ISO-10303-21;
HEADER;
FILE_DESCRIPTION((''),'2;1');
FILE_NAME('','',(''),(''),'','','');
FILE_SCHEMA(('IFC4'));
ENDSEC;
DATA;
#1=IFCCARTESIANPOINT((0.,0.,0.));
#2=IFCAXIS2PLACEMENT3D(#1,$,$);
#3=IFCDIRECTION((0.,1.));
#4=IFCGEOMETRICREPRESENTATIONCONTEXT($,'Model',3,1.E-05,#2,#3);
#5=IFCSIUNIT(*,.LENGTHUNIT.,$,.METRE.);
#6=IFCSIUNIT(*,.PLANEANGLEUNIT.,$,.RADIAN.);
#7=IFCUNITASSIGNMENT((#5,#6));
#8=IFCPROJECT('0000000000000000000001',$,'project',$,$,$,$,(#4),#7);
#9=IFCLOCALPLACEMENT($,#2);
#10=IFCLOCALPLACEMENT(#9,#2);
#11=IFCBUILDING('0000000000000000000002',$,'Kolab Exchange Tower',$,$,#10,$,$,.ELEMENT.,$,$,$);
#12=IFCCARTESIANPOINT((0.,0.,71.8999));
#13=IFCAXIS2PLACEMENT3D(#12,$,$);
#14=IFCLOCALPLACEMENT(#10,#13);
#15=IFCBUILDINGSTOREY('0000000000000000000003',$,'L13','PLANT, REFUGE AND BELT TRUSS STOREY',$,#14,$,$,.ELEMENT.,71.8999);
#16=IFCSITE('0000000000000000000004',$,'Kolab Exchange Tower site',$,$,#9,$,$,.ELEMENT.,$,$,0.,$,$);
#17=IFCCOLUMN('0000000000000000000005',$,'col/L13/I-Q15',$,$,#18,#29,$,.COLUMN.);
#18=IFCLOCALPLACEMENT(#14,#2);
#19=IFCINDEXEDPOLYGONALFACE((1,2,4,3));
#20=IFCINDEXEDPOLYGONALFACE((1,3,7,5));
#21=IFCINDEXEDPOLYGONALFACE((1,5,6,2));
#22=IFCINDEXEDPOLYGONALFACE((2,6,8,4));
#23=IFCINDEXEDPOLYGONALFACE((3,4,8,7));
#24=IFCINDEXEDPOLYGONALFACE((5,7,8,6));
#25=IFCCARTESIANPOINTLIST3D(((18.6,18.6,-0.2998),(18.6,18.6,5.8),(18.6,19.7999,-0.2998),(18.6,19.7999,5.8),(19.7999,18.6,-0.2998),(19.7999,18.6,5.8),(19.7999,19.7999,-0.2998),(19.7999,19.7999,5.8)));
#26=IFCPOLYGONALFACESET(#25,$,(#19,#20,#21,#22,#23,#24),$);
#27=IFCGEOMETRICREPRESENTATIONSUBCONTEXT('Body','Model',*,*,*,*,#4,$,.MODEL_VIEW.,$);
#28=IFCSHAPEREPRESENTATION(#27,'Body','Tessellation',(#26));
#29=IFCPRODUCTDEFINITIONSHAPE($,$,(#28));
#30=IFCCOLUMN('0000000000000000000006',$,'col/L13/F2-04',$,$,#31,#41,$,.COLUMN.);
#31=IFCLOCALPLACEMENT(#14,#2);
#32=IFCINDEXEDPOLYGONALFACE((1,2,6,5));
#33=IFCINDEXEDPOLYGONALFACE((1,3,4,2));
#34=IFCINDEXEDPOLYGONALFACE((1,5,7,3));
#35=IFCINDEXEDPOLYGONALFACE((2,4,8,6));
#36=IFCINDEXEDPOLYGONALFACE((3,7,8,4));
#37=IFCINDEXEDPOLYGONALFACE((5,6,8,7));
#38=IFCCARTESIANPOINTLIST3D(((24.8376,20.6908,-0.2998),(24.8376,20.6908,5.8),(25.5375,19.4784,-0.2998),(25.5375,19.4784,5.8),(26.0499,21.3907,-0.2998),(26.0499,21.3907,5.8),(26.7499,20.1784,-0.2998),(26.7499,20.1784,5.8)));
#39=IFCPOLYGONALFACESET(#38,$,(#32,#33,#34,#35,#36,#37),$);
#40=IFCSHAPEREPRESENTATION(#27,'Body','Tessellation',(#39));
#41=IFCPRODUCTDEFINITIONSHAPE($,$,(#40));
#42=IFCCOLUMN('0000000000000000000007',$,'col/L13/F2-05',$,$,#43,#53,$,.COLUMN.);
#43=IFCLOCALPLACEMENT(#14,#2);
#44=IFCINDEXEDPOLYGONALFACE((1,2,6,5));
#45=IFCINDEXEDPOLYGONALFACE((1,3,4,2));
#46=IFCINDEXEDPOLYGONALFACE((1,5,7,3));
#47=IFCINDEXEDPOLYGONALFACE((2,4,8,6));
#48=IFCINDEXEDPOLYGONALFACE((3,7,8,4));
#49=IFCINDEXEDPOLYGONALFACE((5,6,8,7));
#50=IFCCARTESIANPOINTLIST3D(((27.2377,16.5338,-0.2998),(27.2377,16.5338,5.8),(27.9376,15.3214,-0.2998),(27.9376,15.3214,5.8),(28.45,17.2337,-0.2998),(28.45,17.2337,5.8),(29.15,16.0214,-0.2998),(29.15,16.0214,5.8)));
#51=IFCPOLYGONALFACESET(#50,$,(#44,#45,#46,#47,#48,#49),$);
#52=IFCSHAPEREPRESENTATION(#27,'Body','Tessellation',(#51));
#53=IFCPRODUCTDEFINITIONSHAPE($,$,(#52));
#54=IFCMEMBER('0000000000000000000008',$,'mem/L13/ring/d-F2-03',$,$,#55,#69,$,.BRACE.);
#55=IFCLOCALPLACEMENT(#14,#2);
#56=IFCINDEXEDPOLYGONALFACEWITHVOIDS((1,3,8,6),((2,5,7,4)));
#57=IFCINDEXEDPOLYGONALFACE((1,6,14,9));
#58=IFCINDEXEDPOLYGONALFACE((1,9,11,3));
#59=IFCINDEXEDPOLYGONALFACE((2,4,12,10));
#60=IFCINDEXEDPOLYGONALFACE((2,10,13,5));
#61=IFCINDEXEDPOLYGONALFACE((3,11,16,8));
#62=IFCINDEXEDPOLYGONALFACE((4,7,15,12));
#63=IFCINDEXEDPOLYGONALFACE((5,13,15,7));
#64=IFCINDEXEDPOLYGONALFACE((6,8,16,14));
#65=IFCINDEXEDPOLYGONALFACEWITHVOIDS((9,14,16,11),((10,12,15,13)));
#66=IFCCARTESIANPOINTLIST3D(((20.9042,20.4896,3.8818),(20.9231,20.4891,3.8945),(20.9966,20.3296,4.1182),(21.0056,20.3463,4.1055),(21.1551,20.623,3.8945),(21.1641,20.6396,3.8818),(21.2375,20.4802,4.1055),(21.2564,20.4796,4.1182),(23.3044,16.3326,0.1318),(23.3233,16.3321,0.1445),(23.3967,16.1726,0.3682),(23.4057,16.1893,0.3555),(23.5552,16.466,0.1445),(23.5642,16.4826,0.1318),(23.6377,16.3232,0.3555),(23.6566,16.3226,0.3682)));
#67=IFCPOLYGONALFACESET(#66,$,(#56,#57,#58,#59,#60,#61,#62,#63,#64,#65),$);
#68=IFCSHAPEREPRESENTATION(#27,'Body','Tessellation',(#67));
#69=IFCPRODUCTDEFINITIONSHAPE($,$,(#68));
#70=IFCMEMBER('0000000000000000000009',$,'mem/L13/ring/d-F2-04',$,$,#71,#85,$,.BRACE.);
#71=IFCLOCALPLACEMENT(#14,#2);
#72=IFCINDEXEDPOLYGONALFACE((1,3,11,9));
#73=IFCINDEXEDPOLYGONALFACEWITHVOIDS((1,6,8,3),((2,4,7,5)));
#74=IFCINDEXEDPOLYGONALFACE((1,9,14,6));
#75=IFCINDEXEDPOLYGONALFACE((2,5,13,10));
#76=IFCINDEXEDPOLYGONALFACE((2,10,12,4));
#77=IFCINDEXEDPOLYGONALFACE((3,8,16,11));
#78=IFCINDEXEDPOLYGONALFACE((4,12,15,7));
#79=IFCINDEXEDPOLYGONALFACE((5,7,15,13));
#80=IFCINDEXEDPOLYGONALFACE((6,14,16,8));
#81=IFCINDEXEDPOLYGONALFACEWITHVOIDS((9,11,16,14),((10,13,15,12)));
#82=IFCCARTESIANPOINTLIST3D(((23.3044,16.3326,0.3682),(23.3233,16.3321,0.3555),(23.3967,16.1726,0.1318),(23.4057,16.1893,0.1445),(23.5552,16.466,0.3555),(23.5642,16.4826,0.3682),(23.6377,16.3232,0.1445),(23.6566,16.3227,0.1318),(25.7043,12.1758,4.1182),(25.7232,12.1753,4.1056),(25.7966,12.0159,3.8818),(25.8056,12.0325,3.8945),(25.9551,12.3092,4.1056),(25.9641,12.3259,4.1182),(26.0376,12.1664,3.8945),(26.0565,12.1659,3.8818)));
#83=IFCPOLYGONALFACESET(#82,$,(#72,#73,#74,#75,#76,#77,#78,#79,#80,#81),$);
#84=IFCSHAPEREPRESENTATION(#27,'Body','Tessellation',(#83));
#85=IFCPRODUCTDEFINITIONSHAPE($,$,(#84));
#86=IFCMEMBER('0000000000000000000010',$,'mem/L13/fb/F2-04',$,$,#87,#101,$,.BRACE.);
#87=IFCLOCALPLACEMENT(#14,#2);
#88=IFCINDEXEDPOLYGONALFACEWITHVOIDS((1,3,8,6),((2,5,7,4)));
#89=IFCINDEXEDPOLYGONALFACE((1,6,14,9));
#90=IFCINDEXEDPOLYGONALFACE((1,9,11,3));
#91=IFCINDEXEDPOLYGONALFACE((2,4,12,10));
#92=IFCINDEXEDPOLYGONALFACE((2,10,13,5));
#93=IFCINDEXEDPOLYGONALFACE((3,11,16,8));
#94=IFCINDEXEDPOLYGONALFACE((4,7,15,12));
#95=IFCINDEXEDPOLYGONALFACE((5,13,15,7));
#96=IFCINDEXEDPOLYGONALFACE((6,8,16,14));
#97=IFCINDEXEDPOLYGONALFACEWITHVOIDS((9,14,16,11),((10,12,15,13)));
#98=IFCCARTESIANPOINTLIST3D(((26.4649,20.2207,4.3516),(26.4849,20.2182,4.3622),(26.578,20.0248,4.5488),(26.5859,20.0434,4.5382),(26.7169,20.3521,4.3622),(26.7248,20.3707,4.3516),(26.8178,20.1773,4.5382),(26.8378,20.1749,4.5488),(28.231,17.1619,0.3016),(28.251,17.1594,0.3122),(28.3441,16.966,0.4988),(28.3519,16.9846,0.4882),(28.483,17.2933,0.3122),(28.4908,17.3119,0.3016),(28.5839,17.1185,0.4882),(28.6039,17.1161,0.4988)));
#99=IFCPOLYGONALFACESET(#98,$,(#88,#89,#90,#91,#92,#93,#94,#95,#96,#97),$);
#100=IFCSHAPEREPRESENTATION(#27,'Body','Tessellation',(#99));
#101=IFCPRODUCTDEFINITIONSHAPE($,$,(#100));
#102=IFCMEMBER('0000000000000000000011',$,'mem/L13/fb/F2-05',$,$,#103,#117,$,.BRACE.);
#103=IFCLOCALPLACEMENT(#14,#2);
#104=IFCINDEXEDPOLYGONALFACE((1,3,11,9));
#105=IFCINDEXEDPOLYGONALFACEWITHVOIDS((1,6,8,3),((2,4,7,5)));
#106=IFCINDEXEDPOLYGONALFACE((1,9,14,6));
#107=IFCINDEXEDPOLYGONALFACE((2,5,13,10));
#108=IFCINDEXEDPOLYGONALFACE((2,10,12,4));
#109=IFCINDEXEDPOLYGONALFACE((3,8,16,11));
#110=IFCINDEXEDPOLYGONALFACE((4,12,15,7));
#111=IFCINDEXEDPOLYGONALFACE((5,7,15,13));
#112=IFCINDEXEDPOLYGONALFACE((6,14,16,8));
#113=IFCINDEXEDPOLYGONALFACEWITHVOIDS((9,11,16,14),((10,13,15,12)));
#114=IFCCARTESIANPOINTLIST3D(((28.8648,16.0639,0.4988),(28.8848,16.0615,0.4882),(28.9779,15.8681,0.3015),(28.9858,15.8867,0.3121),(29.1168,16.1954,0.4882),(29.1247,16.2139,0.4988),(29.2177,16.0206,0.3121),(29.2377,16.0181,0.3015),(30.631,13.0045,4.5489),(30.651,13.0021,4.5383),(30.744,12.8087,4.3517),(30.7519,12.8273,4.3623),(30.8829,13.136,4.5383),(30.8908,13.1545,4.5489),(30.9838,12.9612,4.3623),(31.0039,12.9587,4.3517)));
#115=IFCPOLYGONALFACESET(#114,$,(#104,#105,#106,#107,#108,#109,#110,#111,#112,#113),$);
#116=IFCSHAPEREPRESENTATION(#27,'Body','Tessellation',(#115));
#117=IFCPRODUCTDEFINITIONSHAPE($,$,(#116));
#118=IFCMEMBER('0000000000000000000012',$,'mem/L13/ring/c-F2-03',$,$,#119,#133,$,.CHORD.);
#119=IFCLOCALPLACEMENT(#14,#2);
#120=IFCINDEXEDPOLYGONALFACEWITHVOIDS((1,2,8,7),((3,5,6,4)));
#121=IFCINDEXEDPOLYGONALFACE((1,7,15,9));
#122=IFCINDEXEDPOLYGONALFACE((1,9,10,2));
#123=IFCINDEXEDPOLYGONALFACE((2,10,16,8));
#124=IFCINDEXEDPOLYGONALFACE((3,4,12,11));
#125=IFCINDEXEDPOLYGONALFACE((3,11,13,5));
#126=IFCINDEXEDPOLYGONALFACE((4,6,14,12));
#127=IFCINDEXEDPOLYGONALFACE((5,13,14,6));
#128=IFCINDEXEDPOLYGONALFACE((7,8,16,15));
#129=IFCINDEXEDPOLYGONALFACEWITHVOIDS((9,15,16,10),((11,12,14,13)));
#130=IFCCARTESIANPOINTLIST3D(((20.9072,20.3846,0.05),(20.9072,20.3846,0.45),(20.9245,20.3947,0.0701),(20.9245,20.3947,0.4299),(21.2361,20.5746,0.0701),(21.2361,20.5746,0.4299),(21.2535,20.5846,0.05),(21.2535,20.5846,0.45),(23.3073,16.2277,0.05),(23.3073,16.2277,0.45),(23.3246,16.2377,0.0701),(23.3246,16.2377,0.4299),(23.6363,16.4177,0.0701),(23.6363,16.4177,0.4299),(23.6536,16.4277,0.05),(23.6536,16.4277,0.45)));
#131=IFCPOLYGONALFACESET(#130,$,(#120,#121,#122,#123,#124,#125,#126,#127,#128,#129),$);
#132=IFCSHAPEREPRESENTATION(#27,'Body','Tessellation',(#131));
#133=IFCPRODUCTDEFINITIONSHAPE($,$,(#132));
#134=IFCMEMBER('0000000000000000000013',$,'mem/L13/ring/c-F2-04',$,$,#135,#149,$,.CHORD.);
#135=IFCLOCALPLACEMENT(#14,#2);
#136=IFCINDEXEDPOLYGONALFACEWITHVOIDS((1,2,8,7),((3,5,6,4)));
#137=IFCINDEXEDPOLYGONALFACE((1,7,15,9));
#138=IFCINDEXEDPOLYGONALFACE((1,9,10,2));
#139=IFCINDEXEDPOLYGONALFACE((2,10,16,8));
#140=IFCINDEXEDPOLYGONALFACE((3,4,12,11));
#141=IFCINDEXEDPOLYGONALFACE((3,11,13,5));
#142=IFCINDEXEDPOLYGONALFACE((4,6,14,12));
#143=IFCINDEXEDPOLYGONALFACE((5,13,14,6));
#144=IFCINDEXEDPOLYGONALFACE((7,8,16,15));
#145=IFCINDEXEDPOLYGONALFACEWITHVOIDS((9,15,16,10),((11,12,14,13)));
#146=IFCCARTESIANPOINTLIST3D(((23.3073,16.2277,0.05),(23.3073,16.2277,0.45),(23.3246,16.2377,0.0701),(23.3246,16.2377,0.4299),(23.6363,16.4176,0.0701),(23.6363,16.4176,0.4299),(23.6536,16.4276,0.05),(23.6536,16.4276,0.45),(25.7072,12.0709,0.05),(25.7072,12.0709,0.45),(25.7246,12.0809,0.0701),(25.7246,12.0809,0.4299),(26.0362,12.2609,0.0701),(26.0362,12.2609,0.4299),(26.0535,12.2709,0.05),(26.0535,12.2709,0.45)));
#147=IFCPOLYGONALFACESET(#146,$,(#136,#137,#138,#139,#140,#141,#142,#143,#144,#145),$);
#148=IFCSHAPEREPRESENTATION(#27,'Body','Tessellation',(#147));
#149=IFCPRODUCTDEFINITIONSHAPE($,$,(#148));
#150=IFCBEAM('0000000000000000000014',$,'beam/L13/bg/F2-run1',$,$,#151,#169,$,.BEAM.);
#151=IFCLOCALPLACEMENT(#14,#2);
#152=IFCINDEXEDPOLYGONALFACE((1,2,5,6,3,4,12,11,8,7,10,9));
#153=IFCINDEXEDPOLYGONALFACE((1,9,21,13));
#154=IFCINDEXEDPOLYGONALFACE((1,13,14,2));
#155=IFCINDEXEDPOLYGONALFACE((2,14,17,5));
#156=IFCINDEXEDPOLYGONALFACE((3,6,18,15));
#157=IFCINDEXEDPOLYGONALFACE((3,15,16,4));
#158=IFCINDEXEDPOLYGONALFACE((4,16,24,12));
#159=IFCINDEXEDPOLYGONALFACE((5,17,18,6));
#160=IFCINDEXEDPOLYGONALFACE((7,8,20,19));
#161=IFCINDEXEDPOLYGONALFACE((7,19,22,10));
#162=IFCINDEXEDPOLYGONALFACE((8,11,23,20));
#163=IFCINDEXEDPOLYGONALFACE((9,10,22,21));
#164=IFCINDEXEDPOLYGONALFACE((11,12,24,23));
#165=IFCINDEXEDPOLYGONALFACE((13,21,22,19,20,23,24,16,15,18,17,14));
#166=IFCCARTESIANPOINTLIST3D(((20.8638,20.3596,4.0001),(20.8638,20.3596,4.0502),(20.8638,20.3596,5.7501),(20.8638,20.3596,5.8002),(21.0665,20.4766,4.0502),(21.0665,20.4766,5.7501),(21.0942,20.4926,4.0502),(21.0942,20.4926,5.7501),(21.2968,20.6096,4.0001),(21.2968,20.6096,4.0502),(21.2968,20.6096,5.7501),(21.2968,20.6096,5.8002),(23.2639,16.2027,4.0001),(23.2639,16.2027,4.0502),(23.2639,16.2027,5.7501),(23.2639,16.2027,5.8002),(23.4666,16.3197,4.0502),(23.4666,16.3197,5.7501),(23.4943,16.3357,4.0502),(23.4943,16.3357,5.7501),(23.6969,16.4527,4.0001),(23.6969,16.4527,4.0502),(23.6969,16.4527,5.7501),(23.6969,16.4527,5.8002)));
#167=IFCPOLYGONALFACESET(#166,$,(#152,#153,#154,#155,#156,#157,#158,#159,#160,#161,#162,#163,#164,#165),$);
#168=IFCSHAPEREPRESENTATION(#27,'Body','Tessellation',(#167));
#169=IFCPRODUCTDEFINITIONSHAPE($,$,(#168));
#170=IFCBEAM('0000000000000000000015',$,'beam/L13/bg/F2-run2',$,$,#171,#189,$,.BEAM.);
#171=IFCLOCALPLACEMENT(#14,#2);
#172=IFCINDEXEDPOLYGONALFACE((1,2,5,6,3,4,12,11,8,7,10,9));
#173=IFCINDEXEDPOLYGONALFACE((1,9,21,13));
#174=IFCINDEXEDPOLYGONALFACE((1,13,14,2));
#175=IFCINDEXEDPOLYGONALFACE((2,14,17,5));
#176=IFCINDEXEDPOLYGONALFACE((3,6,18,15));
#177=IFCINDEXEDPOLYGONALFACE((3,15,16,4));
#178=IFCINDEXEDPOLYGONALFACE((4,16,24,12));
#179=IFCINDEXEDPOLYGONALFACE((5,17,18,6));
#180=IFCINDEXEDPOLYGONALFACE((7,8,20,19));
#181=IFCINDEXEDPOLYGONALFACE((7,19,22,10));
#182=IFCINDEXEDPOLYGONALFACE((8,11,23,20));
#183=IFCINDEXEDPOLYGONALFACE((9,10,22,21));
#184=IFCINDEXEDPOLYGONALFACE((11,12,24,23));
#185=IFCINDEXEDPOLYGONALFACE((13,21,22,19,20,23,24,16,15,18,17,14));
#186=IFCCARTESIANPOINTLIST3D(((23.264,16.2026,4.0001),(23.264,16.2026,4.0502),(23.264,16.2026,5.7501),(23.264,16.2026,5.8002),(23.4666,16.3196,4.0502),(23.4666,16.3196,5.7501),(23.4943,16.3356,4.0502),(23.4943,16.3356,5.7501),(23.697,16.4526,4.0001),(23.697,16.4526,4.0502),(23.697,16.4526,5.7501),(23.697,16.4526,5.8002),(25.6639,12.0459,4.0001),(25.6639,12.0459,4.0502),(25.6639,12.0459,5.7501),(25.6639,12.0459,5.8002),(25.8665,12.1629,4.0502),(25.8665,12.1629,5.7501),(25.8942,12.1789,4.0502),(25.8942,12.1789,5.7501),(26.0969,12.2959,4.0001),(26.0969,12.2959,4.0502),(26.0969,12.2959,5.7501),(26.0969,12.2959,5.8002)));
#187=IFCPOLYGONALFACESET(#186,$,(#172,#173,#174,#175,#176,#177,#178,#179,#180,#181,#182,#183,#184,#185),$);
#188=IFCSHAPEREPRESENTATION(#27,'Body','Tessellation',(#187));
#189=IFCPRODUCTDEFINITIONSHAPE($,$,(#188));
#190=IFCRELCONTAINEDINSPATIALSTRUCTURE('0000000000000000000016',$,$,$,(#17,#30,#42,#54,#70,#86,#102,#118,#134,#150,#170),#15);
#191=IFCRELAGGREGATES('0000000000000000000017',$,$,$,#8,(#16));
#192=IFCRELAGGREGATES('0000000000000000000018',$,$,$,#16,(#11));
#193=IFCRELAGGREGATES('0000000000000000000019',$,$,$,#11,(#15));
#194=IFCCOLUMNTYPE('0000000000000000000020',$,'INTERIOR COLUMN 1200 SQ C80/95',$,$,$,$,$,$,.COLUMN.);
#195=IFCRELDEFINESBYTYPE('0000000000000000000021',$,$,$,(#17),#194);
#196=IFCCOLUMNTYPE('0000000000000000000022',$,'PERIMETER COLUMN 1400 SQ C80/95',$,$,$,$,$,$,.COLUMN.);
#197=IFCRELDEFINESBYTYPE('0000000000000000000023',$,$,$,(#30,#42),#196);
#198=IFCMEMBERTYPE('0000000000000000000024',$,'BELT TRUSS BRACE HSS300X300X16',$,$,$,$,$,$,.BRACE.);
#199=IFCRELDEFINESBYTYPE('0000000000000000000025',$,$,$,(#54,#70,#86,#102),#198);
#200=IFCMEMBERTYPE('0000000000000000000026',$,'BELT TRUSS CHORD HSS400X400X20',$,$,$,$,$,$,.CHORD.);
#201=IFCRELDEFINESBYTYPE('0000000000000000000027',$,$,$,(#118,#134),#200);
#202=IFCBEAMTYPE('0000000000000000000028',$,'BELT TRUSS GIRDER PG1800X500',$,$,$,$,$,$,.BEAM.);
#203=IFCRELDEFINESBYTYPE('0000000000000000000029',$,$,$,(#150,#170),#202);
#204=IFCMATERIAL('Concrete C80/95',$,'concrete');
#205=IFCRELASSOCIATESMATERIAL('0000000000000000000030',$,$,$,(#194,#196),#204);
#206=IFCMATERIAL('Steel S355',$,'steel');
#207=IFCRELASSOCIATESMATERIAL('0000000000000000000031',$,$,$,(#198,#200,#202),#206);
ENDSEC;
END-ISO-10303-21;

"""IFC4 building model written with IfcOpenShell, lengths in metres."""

from ifc_helpers import new_model, si_unit, direction, frame, origin, origin_2d, place, context, subcontext, project, spatial, rectangle, hollow_rectangle, i_section, extrude, material, material_profile, profile_set, type_object, element, save


model = new_model("IFC4")

# Units and contexts
model_context = context("Model", 3, precision=1e-05, world=origin(), true_north=direction((0.0, 1.0)))
body_context = subcontext(model_context, "Body", "Model", "MODEL_VIEW")
ifc_project = project(units=[si_unit("LENGTHUNIT", "METRE"), si_unit("PLANEANGLEUNIT", "RADIAN")], contexts=[model_context])

# Site, building, storey
site_placement = place(None, origin())
site = spatial("IfcSite", under=ifc_project, at=site_placement, Name="Kolab Exchange Tower site", CompositionType="ELEMENT", RefElevation=0.0)
building_placement = place(site_placement, origin())
building = spatial("IfcBuilding", under=site, at=building_placement, Name="Kolab Exchange Tower", CompositionType="ELEMENT")
storey_placement = place(building_placement, frame((0.0, 0.0, 71.8999)))
storey = spatial("IfcBuildingStorey", under=building, at=storey_placement, Name="L13", Description="PLANT, REFUGE AND BELT TRUSS STOREY", CompositionType="ELEMENT", Elevation=71.8999)

# Columns
ifc_material_1 = material(Name="Concrete C80/95", Category="concrete")
ifc_material_profile_1 = material_profile(ifc_material_1, rectangle(XDim=1.2, YDim=1.2, at=origin_2d()), Name="RC1200")
ifc_profile_set_1 = profile_set([ifc_material_profile_1], Name="Concrete C80/95")
column_type_1 = type_object("IfcColumnType", Name="INTERIOR COLUMN 1200 SQ C80/95", PredefinedType="COLUMN", material=ifc_profile_set_1)
column_placement = place(storey_placement, frame((19.2, 19.2, -0.2998), z_axis=(0.0, 0.0, 1.0), x_axis=(1.0, 0.0, 0.0)))
element("IfcColumn", 1, at=column_placement, inside=storey, type_object=column_type_1, Name="col/L13/I-Q15", PredefinedType="COLUMN", context=body_context, shape_type="SweptSolid", body=[
    extrude(rectangle(XDim=1.2, YDim=1.2, at=origin_2d()), origin(), (0.0, 0.0, 1.0), 6.0999),
])
ifc_material_profile_2 = material_profile(ifc_material_1, rectangle(XDim=1.3999, YDim=1.3999, at=origin_2d()), Name="RC1400")
ifc_profile_set_2 = profile_set([ifc_material_profile_2], Name="Concrete C80/95")
column_type_2 = type_object("IfcColumnType", Name="PERIMETER COLUMN 1400 SQ C80/95", PredefinedType="COLUMN", material=ifc_profile_set_2)
for number, where, z_axis, x_axis, name in (
    (2, (25.7937, 20.4346, -0.2998), (0.0, 0.0, 1.0), (0.866025, 0.5, 0.0), "col/L13/F2-04"),
    (3, (28.1938, 16.2776, -0.2998), (0.0, 0.0, 1.0), (0.866025, 0.5, 0.0), "col/L13/F2-05"),
):
    element("IfcColumn", number, at=place(storey_placement, frame(where, z_axis=z_axis, x_axis=x_axis)), inside=storey, type_object=column_type_2, Name=name, PredefinedType="COLUMN", context=body_context, shape_type="SweptSolid", body=[
        extrude(rectangle(XDim=1.3999, YDim=1.3999, at=origin_2d()), origin(), (0.0, 0.0, 1.0), 6.0999),
    ])

# Members
ifc_material_2 = material(Name="Steel S355", Category="steel")
ifc_material_profile_3 = material_profile(ifc_material_2, hollow_rectangle(XDim=0.3, YDim=0.3, WallThickness=0.0161, at=origin_2d()), Name="HSS300X300X16")
ifc_profile_set_3 = profile_set([ifc_material_profile_3], Name="Steel S355")
member_type_1 = type_object("IfcMemberType", Name="BELT TRUSS BRACE HSS300X300X16", PredefinedType="BRACE", material=ifc_profile_set_3)
member_1_placement = place(storey_placement, frame((21.0803, 20.4846, 4.0), z_axis=(0.39403, -0.682448, -0.615634), x_axis=(0.866015, 0.500017, 0.0)))
element("IfcMember", 4, at=member_1_placement, inside=storey, type_object=member_type_1, Name="mem/L13/ring/d-F2-03", PredefinedType="BRACE", context=body_context, shape_type="SweptSolid", body=[
    extrude(hollow_rectangle(XDim=0.3, YDim=0.3, WallThickness=0.0161, at=origin_2d()), origin(), (0.0, 0.0, 1.0), 6.0913),
])
member_2_placement = place(storey_placement, frame((23.4805, 16.3276, 0.25), z_axis=(0.394007, -0.682437, 0.615661), x_axis=(0.866025, 0.500001, 0.0)))
element("IfcMember", 5, at=member_2_placement, inside=storey, type_object=member_type_1, Name="mem/L13/ring/d-F2-04", PredefinedType="BRACE", context=body_context, shape_type="SweptSolid", body=[
    extrude(hollow_rectangle(XDim=0.3, YDim=0.3, WallThickness=0.0161, at=origin_2d()), origin(), (0.0, 0.0, 1.0), 6.0911),
])
member_3_placement = place(storey_placement, frame((26.6514, 20.1978, 4.4502), z_axis=(0.328648, -0.569205, -0.753655), x_axis=(0.866014, 0.50002, 0.0)))
element("IfcMember", 6, at=member_3_placement, inside=storey, type_object=member_type_1, Name="mem/L13/fb/F2-04", PredefinedType="BRACE", context=body_context, shape_type="SweptSolid", body=[
    extrude(hollow_rectangle(XDim=0.3, YDim=0.3, WallThickness=0.0161, at=origin_2d()), origin(), (0.0, 0.0, 1.0), 5.3738),
])
member_4_placement = place(storey_placement, frame((29.0513, 16.041, 0.4001), z_axis=(0.328631, -0.569267, 0.753616), x_axis=(0.866049, 0.49996, 0.0)))
element("IfcMember", 7, at=member_4_placement, inside=storey, type_object=member_type_1, Name="mem/L13/fb/F2-05", PredefinedType="BRACE", context=body_context, shape_type="SweptSolid", body=[
    extrude(hollow_rectangle(XDim=0.3, YDim=0.3, WallThickness=0.0161, at=origin_2d()), origin(), (0.0, 0.0, 1.0), 5.3743),
])
ifc_material_profile_4 = material_profile(ifc_material_2, hollow_rectangle(XDim=0.3999, YDim=0.3999, WallThickness=0.02, at=origin_2d()), Name="HSS400X400X20")
ifc_profile_set_4 = profile_set([ifc_material_profile_4], Name="Steel S355")
member_type_2 = type_object("IfcMemberType", Name="BELT TRUSS CHORD HSS400X400X20", PredefinedType="CHORD", material=ifc_profile_set_4)
member_5_placement = place(storey_placement, frame((21.0803, 20.4846, 0.25), z_axis=(0.500017, -0.866015, 0.0), x_axis=(0.866015, 0.500017, 0.0)))
element("IfcMember", 8, at=member_5_placement, inside=storey, type_object=member_type_2, Name="mem/L13/ring/c-F2-03", PredefinedType="CHORD", context=body_context, shape_type="SweptSolid", body=[
    extrude(hollow_rectangle(XDim=0.3999, YDim=0.3999, WallThickness=0.02, at=origin_2d()), origin(), (0.0, 0.0, 1.0), 4.8),
])
member_6_placement = place(storey_placement, frame((23.4805, 16.3276, 0.25), z_axis=(0.500001, -0.866025, 0.0), x_axis=(0.866025, 0.500001, 0.0)))
element("IfcMember", 9, at=member_6_placement, inside=storey, type_object=member_type_2, Name="mem/L13/ring/c-F2-04", PredefinedType="CHORD", context=body_context, shape_type="SweptSolid", body=[
    extrude(hollow_rectangle(XDim=0.3999, YDim=0.3999, WallThickness=0.02, at=origin_2d()), origin(), (0.0, 0.0, 1.0), 4.7998),
])

# Beams
ifc_material_profile_5 = material_profile(ifc_material_2, i_section(OverallWidth=0.5, OverallDepth=1.8, WebThickness=0.032, FlangeThickness=0.05, at=origin_2d()), Name="PG1800X500")
ifc_profile_set_5 = profile_set([ifc_material_profile_5], Name="Steel S355")
beam_type_1 = type_object("IfcBeamType", Name="BELT TRUSS GIRDER PG1800X500", PredefinedType="BEAM", material=ifc_profile_set_5)
beam_1_placement = place(storey_placement, frame((21.0803, 20.4846, 4.9001), z_axis=(0.500017, -0.866015, 0.0), x_axis=(0.866015, 0.500017, 0.0)))
element("IfcBeam", 10, at=beam_1_placement, inside=storey, type_object=beam_type_1, Name="beam/L13/bg/F2-run1", PredefinedType="BEAM", context=body_context, shape_type="SweptSolid", body=[
    extrude(i_section(OverallWidth=0.5, OverallDepth=1.8, WebThickness=0.032, FlangeThickness=0.05, at=origin_2d()), origin(), (0.0, 0.0, 1.0), 4.8),
])
beam_2_placement = place(storey_placement, frame((23.4805, 16.3276, 4.9001), z_axis=(0.500001, -0.866025, 0.0), x_axis=(0.866025, 0.500001, 0.0)))
element("IfcBeam", 11, at=beam_2_placement, inside=storey, type_object=beam_type_1, Name="beam/L13/bg/F2-run2", PredefinedType="BEAM", context=body_context, shape_type="SweptSolid", body=[
    extrude(i_section(OverallWidth=0.5, OverallDepth=1.8, WebThickness=0.032, FlangeThickness=0.05, at=origin_2d()), origin(), (0.0, 0.0, 1.0), 4.7998),
])

save(model, "model.ifc")
